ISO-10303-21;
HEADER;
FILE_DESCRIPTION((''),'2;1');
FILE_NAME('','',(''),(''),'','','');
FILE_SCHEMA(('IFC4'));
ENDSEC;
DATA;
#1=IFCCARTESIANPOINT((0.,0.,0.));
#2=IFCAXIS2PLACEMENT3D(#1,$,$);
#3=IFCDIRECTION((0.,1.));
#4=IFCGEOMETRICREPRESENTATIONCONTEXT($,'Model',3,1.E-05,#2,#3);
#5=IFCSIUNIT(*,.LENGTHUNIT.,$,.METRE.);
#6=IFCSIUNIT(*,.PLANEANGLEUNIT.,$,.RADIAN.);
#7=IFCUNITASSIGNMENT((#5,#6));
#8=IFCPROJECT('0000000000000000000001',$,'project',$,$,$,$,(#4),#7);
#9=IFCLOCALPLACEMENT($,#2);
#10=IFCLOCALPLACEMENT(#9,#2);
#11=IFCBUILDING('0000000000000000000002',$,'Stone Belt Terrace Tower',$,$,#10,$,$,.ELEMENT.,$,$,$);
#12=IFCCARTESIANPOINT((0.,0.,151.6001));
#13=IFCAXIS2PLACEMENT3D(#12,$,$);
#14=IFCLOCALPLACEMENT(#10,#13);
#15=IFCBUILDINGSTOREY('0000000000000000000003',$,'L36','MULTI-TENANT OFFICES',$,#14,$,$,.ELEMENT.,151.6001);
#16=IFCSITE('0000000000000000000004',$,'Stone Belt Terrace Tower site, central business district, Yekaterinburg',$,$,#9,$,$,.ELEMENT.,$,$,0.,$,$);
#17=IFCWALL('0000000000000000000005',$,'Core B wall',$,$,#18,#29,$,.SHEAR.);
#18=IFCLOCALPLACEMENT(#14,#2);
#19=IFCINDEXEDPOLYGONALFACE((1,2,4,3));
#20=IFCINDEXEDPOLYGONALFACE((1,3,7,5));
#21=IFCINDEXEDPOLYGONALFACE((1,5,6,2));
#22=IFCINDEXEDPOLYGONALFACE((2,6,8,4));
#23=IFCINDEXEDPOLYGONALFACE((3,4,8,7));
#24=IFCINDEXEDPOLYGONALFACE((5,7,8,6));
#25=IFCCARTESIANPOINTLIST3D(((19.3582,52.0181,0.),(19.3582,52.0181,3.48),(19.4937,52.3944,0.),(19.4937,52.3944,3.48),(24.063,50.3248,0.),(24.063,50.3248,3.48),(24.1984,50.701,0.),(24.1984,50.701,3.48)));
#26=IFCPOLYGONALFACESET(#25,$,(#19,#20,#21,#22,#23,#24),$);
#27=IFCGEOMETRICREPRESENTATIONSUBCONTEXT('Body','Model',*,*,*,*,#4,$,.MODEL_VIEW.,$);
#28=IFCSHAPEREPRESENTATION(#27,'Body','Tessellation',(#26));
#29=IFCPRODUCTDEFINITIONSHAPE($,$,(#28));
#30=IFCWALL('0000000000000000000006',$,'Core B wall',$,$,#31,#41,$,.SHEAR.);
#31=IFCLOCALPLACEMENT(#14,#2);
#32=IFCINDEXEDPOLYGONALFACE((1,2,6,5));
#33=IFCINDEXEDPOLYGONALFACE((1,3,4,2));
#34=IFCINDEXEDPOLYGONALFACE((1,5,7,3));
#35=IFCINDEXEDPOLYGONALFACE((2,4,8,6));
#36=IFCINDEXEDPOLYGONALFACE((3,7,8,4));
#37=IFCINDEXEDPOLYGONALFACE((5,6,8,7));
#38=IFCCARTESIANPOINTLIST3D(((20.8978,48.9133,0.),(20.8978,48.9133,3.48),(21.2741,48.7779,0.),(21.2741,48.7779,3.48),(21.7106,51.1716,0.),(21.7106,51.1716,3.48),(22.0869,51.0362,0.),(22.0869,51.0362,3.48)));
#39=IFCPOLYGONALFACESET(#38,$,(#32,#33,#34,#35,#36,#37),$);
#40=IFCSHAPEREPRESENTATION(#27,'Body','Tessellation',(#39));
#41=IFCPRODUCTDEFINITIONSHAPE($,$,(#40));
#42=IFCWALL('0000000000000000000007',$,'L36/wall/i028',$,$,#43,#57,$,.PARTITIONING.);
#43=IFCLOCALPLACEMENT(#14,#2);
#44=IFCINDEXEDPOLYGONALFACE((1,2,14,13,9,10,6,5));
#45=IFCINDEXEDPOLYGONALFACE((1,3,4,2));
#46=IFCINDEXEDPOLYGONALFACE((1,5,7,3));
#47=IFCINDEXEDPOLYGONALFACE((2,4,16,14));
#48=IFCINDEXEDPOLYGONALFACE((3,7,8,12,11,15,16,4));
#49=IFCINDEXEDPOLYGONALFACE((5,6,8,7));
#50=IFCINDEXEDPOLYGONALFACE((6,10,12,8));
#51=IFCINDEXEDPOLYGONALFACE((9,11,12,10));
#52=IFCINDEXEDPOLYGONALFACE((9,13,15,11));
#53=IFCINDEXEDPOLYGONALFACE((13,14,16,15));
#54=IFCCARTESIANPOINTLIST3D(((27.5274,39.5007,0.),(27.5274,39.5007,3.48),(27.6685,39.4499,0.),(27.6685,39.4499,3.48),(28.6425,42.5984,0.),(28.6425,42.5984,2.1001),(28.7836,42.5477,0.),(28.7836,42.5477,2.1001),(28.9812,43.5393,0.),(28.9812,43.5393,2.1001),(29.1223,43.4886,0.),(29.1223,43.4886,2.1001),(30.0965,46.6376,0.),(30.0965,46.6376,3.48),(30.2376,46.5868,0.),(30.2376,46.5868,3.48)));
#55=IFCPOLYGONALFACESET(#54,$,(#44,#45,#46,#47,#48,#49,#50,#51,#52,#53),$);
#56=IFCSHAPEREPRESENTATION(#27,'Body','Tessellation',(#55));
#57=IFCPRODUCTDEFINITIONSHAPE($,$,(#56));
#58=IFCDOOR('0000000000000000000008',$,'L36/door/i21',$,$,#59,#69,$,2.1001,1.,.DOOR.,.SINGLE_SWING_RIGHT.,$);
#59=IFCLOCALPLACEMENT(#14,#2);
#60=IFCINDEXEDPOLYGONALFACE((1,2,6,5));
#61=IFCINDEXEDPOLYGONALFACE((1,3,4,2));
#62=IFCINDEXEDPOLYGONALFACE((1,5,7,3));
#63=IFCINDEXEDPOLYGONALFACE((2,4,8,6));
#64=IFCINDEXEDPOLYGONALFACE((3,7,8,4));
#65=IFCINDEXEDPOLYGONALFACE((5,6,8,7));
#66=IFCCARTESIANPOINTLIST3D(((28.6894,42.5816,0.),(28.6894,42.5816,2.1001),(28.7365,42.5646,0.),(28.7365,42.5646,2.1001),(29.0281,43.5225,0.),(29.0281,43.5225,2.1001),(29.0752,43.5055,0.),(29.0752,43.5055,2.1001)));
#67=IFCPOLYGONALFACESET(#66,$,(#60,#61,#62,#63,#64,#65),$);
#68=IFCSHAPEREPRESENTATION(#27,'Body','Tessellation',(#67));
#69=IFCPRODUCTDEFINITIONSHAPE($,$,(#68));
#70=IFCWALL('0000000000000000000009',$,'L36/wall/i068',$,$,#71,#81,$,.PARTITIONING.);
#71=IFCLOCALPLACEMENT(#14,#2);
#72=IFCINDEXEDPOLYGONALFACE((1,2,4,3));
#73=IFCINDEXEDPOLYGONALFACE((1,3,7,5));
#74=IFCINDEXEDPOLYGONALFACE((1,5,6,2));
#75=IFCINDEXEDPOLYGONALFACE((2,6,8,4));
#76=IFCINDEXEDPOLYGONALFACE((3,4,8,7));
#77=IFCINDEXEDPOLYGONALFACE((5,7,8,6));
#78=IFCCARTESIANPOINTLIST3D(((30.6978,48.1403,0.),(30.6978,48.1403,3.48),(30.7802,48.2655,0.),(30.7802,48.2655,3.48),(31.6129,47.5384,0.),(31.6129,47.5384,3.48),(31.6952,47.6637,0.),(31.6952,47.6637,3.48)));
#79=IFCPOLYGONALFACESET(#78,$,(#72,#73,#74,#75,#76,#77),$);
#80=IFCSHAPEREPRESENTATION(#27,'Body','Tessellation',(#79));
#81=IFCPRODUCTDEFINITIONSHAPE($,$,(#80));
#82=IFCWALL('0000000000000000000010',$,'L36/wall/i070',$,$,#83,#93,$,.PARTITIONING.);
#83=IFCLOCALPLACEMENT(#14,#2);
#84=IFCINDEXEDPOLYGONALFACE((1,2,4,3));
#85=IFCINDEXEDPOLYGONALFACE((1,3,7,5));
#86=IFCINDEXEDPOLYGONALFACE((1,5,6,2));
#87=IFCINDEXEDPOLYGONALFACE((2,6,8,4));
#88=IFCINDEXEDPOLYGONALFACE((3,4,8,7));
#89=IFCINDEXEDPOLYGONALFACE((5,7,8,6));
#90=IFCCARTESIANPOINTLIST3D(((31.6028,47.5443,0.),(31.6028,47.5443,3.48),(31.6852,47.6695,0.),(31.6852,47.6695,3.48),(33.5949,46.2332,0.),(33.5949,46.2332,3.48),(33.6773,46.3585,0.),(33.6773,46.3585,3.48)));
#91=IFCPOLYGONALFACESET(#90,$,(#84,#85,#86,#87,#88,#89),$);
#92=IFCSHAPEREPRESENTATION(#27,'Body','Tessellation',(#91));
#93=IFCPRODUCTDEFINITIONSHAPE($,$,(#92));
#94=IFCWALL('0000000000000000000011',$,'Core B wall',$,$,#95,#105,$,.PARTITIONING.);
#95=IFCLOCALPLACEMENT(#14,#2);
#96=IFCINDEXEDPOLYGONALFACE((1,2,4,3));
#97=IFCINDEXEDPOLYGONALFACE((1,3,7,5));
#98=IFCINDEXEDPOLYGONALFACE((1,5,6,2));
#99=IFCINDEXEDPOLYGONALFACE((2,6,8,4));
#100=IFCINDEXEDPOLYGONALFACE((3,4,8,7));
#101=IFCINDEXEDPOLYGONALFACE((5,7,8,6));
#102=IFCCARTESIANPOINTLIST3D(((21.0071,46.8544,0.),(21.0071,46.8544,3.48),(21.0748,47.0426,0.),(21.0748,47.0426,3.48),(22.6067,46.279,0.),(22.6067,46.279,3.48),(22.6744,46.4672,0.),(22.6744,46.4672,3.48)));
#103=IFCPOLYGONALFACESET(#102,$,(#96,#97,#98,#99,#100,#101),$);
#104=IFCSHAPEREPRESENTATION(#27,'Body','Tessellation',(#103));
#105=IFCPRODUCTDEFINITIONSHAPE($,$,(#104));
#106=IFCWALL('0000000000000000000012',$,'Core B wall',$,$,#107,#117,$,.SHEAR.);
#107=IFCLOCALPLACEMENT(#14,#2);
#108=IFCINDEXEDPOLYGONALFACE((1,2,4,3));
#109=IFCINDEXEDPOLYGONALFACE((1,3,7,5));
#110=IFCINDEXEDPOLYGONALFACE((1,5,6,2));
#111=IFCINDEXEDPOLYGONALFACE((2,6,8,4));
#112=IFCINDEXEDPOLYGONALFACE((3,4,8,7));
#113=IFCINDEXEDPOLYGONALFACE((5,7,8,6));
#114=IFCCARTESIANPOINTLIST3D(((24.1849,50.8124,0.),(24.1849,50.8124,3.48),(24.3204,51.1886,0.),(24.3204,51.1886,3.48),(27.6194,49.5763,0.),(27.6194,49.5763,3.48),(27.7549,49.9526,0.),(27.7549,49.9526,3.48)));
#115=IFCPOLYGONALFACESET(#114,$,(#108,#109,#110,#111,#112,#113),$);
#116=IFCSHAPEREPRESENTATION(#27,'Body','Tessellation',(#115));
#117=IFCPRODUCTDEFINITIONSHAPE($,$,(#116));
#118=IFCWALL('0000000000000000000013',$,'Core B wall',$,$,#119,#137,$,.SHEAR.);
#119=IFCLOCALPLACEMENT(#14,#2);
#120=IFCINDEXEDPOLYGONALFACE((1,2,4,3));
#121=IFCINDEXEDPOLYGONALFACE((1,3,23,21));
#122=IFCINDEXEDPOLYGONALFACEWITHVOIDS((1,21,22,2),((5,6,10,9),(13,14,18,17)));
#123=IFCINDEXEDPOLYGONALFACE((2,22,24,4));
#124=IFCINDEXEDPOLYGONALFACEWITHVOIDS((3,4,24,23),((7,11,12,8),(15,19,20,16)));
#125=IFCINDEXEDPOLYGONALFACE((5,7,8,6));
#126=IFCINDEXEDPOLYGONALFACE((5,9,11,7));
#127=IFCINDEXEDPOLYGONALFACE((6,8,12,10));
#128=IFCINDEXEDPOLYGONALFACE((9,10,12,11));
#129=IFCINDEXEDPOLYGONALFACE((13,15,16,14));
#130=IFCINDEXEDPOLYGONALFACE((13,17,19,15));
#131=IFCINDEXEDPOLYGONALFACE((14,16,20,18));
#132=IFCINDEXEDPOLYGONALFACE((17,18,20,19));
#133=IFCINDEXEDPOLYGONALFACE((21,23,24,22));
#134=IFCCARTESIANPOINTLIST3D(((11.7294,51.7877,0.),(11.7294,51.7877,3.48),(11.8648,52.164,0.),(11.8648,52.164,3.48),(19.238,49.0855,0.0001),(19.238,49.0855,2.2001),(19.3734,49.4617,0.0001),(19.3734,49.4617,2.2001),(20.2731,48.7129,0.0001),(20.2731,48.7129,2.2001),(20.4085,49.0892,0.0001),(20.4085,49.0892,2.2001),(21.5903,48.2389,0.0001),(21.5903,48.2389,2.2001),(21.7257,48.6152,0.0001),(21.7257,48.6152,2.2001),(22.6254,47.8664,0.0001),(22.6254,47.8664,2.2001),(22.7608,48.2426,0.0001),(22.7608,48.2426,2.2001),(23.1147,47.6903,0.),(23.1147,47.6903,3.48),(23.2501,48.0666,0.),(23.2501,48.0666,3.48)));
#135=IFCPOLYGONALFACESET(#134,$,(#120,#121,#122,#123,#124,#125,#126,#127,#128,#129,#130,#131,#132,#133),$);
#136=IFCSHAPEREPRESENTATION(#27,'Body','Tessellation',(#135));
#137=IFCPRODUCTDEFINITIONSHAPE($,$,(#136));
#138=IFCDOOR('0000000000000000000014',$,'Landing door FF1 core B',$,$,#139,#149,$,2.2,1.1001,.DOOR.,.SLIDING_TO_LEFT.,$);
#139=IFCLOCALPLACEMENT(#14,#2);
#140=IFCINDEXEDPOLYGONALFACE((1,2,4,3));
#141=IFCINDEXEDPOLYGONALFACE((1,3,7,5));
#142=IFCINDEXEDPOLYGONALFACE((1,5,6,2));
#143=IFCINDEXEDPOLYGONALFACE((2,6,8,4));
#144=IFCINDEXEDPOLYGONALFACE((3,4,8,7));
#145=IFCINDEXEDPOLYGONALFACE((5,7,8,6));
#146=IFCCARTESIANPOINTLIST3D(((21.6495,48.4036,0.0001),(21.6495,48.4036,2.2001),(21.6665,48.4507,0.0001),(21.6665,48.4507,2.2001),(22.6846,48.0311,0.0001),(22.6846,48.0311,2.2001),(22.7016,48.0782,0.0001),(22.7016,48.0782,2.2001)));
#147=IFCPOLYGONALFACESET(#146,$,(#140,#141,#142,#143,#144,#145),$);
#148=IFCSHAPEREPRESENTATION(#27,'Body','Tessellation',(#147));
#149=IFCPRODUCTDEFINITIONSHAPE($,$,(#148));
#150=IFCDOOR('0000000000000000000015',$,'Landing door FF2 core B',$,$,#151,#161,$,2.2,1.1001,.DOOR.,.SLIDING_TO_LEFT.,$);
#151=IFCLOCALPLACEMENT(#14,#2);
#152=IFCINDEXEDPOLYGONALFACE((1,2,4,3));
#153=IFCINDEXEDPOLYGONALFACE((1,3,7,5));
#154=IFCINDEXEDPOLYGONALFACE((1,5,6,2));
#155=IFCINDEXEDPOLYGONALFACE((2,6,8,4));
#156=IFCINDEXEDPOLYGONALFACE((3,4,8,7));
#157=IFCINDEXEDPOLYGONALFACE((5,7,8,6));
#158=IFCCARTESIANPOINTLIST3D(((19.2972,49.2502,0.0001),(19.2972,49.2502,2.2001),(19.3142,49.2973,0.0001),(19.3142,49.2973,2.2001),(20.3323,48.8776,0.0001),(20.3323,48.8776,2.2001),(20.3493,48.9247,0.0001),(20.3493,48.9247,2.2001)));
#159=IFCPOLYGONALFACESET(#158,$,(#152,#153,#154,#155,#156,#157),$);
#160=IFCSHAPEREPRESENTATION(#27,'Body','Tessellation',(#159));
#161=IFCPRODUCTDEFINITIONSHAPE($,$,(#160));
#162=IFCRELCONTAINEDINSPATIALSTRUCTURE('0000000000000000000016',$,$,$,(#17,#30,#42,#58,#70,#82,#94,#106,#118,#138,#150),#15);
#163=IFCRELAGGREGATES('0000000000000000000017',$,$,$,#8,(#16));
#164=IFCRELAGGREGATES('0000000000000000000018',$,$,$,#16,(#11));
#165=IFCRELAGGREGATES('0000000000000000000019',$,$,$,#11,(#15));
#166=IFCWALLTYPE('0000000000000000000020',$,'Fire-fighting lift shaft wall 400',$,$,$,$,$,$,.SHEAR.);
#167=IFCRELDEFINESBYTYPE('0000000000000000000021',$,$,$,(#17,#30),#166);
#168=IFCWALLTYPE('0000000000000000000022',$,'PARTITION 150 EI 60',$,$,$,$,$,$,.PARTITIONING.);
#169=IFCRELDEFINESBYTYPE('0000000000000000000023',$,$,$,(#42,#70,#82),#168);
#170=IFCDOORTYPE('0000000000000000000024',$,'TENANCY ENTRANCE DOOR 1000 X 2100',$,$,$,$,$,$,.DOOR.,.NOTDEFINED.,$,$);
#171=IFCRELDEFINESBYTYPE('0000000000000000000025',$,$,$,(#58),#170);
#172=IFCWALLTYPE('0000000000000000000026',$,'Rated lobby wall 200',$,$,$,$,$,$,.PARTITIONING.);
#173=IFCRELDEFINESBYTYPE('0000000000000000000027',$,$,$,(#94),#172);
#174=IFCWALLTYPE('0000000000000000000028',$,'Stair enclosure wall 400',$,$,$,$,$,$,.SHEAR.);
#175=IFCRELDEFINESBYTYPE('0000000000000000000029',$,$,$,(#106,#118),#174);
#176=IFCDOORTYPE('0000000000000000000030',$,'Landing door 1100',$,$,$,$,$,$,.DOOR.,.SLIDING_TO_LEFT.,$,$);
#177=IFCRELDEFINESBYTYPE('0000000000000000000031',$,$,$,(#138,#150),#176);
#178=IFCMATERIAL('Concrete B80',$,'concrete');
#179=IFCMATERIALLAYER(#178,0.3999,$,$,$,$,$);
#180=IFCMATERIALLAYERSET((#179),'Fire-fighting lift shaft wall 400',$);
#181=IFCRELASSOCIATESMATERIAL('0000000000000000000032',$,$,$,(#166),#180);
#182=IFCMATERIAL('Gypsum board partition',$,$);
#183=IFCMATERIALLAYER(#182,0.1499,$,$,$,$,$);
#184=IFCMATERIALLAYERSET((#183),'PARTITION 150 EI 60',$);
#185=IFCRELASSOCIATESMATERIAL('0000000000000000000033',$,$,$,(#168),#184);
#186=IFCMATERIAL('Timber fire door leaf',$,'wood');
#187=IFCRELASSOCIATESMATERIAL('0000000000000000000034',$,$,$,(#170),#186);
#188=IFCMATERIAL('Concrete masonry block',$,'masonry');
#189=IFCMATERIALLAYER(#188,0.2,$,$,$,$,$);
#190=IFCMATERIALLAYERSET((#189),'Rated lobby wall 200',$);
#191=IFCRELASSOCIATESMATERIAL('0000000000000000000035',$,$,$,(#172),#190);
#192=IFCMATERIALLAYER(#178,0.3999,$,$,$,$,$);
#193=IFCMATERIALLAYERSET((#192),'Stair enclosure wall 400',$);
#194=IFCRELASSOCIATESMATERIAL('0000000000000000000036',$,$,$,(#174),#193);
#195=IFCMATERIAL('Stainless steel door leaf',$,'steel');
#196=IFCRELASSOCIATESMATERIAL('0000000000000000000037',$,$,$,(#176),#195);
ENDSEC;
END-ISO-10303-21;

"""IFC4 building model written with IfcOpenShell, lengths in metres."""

from ifc_helpers import new_model, si_unit, direction, frame, frame_2d, origin, place, context, subcontext, project, spatial, rectangle, extrude, material, layer, layer_set, type_object, element, fill, save


model = new_model("IFC4")

# Units and contexts
model_context = context("Model", 3, precision=1e-05, world=origin(), true_north=direction((0.0, 1.0)))
body_context = subcontext(model_context, "Body", "Model", "MODEL_VIEW")
ifc_project = project(units=[si_unit("LENGTHUNIT", "METRE"), si_unit("PLANEANGLEUNIT", "RADIAN")], contexts=[model_context])

# Site, building, storey
site_placement = place(None, origin())
site = spatial("IfcSite", under=ifc_project, at=site_placement, Name="Stone Belt Terrace Tower site, central business district, Yekaterinburg", CompositionType="ELEMENT", RefElevation=0.0)
building_placement = place(site_placement, origin())
building = spatial("IfcBuilding", under=site, at=building_placement, Name="Stone Belt Terrace Tower", CompositionType="ELEMENT")
storey_placement = place(building_placement, frame((0.0, 0.0, 151.6001)))
storey = spatial("IfcBuildingStorey", under=building, at=storey_placement, Name="L36", Description="MULTI-TENANT OFFICES", CompositionType="ELEMENT", Elevation=151.6001)

# Walls
ifc_material_1 = material(Name="Concrete B80", Category="concrete")
ifc_layer_1 = layer(ifc_material_1, 0.3999)
ifc_layer_set_1 = layer_set([ifc_layer_1], Name="Fire-fighting lift shaft wall 400")
wall_type_1 = type_object("IfcWallType", Name="Fire-fighting lift shaft wall 400", PredefinedType="SHEAR", material=ifc_layer_set_1)
wall_1_placement = place(storey_placement, frame((24.1306, 50.5129, 0.0), z_axis=(0.0, 0.0, 1.0), x_axis=(-0.940912, 0.338652, 0.0)))
element("IfcWall", 1, at=wall_1_placement, inside=storey, type_object=wall_type_1, Name="Core B wall", PredefinedType="SHEAR", context=body_context, shape_type="SweptSolid", body=[
    extrude(rectangle(XDim=5.0002, YDim=0.3999, at=frame_2d((2.5, 0.0))), origin(), (0.0, 0.0, 1.0), 3.48),
])
wall_2_placement = place(storey_placement, frame((21.0859, 48.8455, 0.0), z_axis=(0.0, 0.0, 1.0), x_axis=(0.338629, 0.94092, 0.0)))
element("IfcWall", 2, at=wall_2_placement, inside=storey, type_object=wall_type_1, Name="Core B wall", PredefinedType="SHEAR", context=body_context, shape_type="SweptSolid", body=[
    extrude(rectangle(XDim=2.4001, YDim=0.3999, at=frame_2d((1.2002, 0.0))), origin(), (0.0, 0.0, 1.0), 3.48),
])

# Wall, opening, door
ifc_material_2 = material(Name="Gypsum board partition")
ifc_layer_2 = layer(ifc_material_2, 0.1499)
ifc_layer_set_2 = layer_set([ifc_layer_2], Name="PARTITION 150 EI 60")
wall_type_2 = type_object("IfcWallType", Name="PARTITION 150 EI 60", PredefinedType="PARTITIONING", material=ifc_layer_set_2)
wall_3_placement = place(storey_placement, frame((30.167, 46.6121, 0.0), z_axis=(0.0, 0.0, 1.0), x_axis=(-0.338694, -0.940896, 0.0)))
wall_3 = element("IfcWall", 3, at=wall_3_placement, inside=storey, type_object=wall_type_2, Name="L36/wall/i028", PredefinedType="PARTITIONING", context=body_context, shape_type="SweptSolid", body=[
    extrude(rectangle(XDim=7.5852, YDim=0.1499, at=frame_2d((3.7925, 0.0))), origin(), (0.0, 0.0, 1.0), 3.48),
])
opening_1_placement = place(wall_3_placement, frame((3.2927, 0.0, 0.0)))
opening_1 = element("IfcOpeningElement", 4, at=opening_1_placement, cuts=wall_3, PredefinedType="OPENING", context=body_context, shape_type="SweptSolid", body=[
    extrude(rectangle(XDim=1.0, YDim=2.1001, at=frame_2d((0.5, 1.05))), frame((0.0, 0.085, 0.0), z_axis=(0.0, -1.0, 0.0), x_axis=(1.0, 0.0, 0.0)), (0.0, 0.0, 1.0), 0.1699),
])
ifc_material_3 = material(Name="Timber fire door leaf", Category="wood")
door_type_1 = type_object("IfcDoorType", Name="TENANCY ENTRANCE DOOR 1000 X 2100", OperationType="NOTDEFINED", PredefinedType="DOOR", material=ifc_material_3)
door_1_placement = place(opening_1_placement, origin())
door_1 = element("IfcDoor", 5, at=door_1_placement, inside=storey, type_object=door_type_1, Name="L36/door/i21", OperationType="SINGLE_SWING_RIGHT", OverallHeight=2.1001, OverallWidth=1.0, PredefinedType="DOOR", context=body_context, shape_type="SweptSolid", body=[
    extrude(rectangle(XDim=1.0, YDim=2.1001, at=frame_2d((0.5, 1.05))), frame((0.0, 0.0249, 0.0), z_axis=(0.0, -1.0, 0.0), x_axis=(1.0, 0.0, 0.0)), (0.0, 0.0, 1.0), 0.05),
])
fill(opening_1, door_1)

# Walls
wall_4_placement = place(storey_placement, frame((30.739, 48.2029, 0.0), z_axis=(0.0, 0.0, 1.0), x_axis=(0.835498, -0.549494, 0.0)))
element("IfcWall", 6, at=wall_4_placement, inside=storey, type_object=wall_type_2, Name="L36/wall/i068", PredefinedType="PARTITIONING", context=body_context, shape_type="SweptSolid", body=[
    extrude(rectangle(XDim=1.0952, YDim=0.1499, at=frame_2d((0.5476, 0.0))), origin(), (0.0, 0.0, 1.0), 3.48),
])
wall_5_placement = place(storey_placement, frame((31.644, 47.6069, 0.0), z_axis=(0.0, 0.0, 1.0), x_axis=(0.835312, -0.549776, 0.0)))
element("IfcWall", 7, at=wall_5_placement, inside=storey, type_object=wall_type_2, Name="L36/wall/i070", PredefinedType="PARTITIONING", context=body_context, shape_type="SweptSolid", body=[
    extrude(rectangle(XDim=2.3848, YDim=0.1499, at=frame_2d((1.1924, 0.0))), origin(), (0.0, 0.0, 1.0), 3.48),
])
ifc_material_4 = material(Name="Concrete masonry block", Category="masonry")
ifc_layer_3 = layer(ifc_material_4, 0.2)
ifc_layer_set_3 = layer_set([ifc_layer_3], Name="Rated lobby wall 200")
wall_type_3 = type_object("IfcWallType", Name="Rated lobby wall 200", PredefinedType="PARTITIONING", material=ifc_layer_set_3)
wall_6_placement = place(storey_placement, frame((22.6406, 46.373, 0.0), z_axis=(0.0, 0.0, 1.0), x_axis=(-0.940966, 0.338501, 0.0)))
element("IfcWall", 8, at=wall_6_placement, inside=storey, type_object=wall_type_3, Name="Core B wall", PredefinedType="PARTITIONING", context=body_context, shape_type="SweptSolid", body=[
    extrude(rectangle(XDim=1.7, YDim=0.2, at=frame_2d((0.8501, 0.0))), origin(), (0.0, 0.0, 1.0), 3.48),
])
ifc_layer_4 = layer(ifc_material_1, 0.3999)
ifc_layer_set_4 = layer_set([ifc_layer_4], Name="Stair enclosure wall 400")
wall_type_4 = type_object("IfcWallType", Name="Stair enclosure wall 400", PredefinedType="SHEAR", material=ifc_layer_set_4)
wall_7_placement = place(storey_placement, frame((27.6873, 49.7644, 0.0), z_axis=(0.0, 0.0, 1.0), x_axis=(-0.940919, 0.338632, 0.0)))
element("IfcWall", 9, at=wall_7_placement, inside=storey, type_object=wall_type_4, Name="Core B wall", PredefinedType="SHEAR", context=body_context, shape_type="SweptSolid", body=[
    extrude(rectangle(XDim=3.6501, YDim=0.3999, at=frame_2d((1.8252, 0.0))), origin(), (0.0, 0.0, 1.0), 3.48),
])

# Wall, openings, doors
wall_8_placement = place(storey_placement, frame((23.1824, 47.8784, 0.0), z_axis=(0.0, 0.0, 1.0), x_axis=(-0.940921, 0.338626, 0.0)))
wall_8 = element("IfcWall", 10, at=wall_8_placement, inside=storey, type_object=wall_type_4, Name="Core B wall", PredefinedType="SHEAR", context=body_context, shape_type="SweptSolid", body=[
    extrude(rectangle(XDim=12.1001, YDim=0.3999, at=frame_2d((6.05, 0.0))), origin(), (0.0, 0.0, 1.0), 3.48),
])
opening_2_placement = place(wall_8_placement, frame((0.52, 0.0, 0.0)))
opening_2 = element("IfcOpeningElement", 11, at=opening_2_placement, cuts=wall_8, PredefinedType="OPENING", context=body_context, shape_type="SweptSolid", body=[
    extrude(rectangle(XDim=1.1001, YDim=2.2, at=frame_2d((0.55, 1.1001))), frame((0.0, 0.21, 0.0), z_axis=(0.0, -1.0, 0.0), x_axis=(1.0, 0.0, 0.0)), (0.0, 0.0, 1.0), 0.4199),
])
opening_3_placement = place(wall_8_placement, frame((3.02, 0.0, 0.0)))
opening_3 = element("IfcOpeningElement", 12, at=opening_3_placement, cuts=wall_8, PredefinedType="OPENING", context=body_context, shape_type="SweptSolid", body=[
    extrude(rectangle(XDim=1.1001, YDim=2.2, at=frame_2d((0.55, 1.1001))), frame((0.0, 0.21, 0.0), z_axis=(0.0, -1.0, 0.0), x_axis=(1.0, 0.0, 0.0)), (0.0, 0.0, 1.0), 0.4199),
])
ifc_material_5 = material(Name="Stainless steel door leaf", Category="steel")
door_type_2 = type_object("IfcDoorType", Name="Landing door 1100", OperationType="SLIDING_TO_LEFT", PredefinedType="DOOR", material=ifc_material_5)
door_2_placement = place(opening_2_placement, origin())
door_2 = element("IfcDoor", 13, at=door_2_placement, inside=storey, type_object=door_type_2, Name="Landing door FF1 core B", OperationType="SLIDING_TO_LEFT", OverallHeight=2.2, OverallWidth=1.1001, PredefinedType="DOOR", context=body_context, shape_type="SweptSolid", body=[
    extrude(rectangle(XDim=1.1001, YDim=2.2, at=frame_2d((0.55, 1.1001))), frame((0.0, 0.0249, 0.0), z_axis=(0.0, -1.0, 0.0), x_axis=(1.0, 0.0, 0.0)), (0.0, 0.0, 1.0), 0.05),
])
fill(opening_2, door_2)
door_3_placement = place(opening_3_placement, origin())
door_3 = element("IfcDoor", 14, at=door_3_placement, inside=storey, type_object=door_type_2, Name="Landing door FF2 core B", OperationType="SLIDING_TO_LEFT", OverallHeight=2.2, OverallWidth=1.1001, PredefinedType="DOOR", context=body_context, shape_type="SweptSolid", body=[
    extrude(rectangle(XDim=1.1001, YDim=2.2, at=frame_2d((0.55, 1.1001))), frame((0.0, 0.0249, 0.0), z_axis=(0.0, -1.0, 0.0), x_axis=(1.0, 0.0, 0.0)), (0.0, 0.0, 1.0), 0.05),
])
fill(opening_3, door_3)

save(model, "model.ifc")
